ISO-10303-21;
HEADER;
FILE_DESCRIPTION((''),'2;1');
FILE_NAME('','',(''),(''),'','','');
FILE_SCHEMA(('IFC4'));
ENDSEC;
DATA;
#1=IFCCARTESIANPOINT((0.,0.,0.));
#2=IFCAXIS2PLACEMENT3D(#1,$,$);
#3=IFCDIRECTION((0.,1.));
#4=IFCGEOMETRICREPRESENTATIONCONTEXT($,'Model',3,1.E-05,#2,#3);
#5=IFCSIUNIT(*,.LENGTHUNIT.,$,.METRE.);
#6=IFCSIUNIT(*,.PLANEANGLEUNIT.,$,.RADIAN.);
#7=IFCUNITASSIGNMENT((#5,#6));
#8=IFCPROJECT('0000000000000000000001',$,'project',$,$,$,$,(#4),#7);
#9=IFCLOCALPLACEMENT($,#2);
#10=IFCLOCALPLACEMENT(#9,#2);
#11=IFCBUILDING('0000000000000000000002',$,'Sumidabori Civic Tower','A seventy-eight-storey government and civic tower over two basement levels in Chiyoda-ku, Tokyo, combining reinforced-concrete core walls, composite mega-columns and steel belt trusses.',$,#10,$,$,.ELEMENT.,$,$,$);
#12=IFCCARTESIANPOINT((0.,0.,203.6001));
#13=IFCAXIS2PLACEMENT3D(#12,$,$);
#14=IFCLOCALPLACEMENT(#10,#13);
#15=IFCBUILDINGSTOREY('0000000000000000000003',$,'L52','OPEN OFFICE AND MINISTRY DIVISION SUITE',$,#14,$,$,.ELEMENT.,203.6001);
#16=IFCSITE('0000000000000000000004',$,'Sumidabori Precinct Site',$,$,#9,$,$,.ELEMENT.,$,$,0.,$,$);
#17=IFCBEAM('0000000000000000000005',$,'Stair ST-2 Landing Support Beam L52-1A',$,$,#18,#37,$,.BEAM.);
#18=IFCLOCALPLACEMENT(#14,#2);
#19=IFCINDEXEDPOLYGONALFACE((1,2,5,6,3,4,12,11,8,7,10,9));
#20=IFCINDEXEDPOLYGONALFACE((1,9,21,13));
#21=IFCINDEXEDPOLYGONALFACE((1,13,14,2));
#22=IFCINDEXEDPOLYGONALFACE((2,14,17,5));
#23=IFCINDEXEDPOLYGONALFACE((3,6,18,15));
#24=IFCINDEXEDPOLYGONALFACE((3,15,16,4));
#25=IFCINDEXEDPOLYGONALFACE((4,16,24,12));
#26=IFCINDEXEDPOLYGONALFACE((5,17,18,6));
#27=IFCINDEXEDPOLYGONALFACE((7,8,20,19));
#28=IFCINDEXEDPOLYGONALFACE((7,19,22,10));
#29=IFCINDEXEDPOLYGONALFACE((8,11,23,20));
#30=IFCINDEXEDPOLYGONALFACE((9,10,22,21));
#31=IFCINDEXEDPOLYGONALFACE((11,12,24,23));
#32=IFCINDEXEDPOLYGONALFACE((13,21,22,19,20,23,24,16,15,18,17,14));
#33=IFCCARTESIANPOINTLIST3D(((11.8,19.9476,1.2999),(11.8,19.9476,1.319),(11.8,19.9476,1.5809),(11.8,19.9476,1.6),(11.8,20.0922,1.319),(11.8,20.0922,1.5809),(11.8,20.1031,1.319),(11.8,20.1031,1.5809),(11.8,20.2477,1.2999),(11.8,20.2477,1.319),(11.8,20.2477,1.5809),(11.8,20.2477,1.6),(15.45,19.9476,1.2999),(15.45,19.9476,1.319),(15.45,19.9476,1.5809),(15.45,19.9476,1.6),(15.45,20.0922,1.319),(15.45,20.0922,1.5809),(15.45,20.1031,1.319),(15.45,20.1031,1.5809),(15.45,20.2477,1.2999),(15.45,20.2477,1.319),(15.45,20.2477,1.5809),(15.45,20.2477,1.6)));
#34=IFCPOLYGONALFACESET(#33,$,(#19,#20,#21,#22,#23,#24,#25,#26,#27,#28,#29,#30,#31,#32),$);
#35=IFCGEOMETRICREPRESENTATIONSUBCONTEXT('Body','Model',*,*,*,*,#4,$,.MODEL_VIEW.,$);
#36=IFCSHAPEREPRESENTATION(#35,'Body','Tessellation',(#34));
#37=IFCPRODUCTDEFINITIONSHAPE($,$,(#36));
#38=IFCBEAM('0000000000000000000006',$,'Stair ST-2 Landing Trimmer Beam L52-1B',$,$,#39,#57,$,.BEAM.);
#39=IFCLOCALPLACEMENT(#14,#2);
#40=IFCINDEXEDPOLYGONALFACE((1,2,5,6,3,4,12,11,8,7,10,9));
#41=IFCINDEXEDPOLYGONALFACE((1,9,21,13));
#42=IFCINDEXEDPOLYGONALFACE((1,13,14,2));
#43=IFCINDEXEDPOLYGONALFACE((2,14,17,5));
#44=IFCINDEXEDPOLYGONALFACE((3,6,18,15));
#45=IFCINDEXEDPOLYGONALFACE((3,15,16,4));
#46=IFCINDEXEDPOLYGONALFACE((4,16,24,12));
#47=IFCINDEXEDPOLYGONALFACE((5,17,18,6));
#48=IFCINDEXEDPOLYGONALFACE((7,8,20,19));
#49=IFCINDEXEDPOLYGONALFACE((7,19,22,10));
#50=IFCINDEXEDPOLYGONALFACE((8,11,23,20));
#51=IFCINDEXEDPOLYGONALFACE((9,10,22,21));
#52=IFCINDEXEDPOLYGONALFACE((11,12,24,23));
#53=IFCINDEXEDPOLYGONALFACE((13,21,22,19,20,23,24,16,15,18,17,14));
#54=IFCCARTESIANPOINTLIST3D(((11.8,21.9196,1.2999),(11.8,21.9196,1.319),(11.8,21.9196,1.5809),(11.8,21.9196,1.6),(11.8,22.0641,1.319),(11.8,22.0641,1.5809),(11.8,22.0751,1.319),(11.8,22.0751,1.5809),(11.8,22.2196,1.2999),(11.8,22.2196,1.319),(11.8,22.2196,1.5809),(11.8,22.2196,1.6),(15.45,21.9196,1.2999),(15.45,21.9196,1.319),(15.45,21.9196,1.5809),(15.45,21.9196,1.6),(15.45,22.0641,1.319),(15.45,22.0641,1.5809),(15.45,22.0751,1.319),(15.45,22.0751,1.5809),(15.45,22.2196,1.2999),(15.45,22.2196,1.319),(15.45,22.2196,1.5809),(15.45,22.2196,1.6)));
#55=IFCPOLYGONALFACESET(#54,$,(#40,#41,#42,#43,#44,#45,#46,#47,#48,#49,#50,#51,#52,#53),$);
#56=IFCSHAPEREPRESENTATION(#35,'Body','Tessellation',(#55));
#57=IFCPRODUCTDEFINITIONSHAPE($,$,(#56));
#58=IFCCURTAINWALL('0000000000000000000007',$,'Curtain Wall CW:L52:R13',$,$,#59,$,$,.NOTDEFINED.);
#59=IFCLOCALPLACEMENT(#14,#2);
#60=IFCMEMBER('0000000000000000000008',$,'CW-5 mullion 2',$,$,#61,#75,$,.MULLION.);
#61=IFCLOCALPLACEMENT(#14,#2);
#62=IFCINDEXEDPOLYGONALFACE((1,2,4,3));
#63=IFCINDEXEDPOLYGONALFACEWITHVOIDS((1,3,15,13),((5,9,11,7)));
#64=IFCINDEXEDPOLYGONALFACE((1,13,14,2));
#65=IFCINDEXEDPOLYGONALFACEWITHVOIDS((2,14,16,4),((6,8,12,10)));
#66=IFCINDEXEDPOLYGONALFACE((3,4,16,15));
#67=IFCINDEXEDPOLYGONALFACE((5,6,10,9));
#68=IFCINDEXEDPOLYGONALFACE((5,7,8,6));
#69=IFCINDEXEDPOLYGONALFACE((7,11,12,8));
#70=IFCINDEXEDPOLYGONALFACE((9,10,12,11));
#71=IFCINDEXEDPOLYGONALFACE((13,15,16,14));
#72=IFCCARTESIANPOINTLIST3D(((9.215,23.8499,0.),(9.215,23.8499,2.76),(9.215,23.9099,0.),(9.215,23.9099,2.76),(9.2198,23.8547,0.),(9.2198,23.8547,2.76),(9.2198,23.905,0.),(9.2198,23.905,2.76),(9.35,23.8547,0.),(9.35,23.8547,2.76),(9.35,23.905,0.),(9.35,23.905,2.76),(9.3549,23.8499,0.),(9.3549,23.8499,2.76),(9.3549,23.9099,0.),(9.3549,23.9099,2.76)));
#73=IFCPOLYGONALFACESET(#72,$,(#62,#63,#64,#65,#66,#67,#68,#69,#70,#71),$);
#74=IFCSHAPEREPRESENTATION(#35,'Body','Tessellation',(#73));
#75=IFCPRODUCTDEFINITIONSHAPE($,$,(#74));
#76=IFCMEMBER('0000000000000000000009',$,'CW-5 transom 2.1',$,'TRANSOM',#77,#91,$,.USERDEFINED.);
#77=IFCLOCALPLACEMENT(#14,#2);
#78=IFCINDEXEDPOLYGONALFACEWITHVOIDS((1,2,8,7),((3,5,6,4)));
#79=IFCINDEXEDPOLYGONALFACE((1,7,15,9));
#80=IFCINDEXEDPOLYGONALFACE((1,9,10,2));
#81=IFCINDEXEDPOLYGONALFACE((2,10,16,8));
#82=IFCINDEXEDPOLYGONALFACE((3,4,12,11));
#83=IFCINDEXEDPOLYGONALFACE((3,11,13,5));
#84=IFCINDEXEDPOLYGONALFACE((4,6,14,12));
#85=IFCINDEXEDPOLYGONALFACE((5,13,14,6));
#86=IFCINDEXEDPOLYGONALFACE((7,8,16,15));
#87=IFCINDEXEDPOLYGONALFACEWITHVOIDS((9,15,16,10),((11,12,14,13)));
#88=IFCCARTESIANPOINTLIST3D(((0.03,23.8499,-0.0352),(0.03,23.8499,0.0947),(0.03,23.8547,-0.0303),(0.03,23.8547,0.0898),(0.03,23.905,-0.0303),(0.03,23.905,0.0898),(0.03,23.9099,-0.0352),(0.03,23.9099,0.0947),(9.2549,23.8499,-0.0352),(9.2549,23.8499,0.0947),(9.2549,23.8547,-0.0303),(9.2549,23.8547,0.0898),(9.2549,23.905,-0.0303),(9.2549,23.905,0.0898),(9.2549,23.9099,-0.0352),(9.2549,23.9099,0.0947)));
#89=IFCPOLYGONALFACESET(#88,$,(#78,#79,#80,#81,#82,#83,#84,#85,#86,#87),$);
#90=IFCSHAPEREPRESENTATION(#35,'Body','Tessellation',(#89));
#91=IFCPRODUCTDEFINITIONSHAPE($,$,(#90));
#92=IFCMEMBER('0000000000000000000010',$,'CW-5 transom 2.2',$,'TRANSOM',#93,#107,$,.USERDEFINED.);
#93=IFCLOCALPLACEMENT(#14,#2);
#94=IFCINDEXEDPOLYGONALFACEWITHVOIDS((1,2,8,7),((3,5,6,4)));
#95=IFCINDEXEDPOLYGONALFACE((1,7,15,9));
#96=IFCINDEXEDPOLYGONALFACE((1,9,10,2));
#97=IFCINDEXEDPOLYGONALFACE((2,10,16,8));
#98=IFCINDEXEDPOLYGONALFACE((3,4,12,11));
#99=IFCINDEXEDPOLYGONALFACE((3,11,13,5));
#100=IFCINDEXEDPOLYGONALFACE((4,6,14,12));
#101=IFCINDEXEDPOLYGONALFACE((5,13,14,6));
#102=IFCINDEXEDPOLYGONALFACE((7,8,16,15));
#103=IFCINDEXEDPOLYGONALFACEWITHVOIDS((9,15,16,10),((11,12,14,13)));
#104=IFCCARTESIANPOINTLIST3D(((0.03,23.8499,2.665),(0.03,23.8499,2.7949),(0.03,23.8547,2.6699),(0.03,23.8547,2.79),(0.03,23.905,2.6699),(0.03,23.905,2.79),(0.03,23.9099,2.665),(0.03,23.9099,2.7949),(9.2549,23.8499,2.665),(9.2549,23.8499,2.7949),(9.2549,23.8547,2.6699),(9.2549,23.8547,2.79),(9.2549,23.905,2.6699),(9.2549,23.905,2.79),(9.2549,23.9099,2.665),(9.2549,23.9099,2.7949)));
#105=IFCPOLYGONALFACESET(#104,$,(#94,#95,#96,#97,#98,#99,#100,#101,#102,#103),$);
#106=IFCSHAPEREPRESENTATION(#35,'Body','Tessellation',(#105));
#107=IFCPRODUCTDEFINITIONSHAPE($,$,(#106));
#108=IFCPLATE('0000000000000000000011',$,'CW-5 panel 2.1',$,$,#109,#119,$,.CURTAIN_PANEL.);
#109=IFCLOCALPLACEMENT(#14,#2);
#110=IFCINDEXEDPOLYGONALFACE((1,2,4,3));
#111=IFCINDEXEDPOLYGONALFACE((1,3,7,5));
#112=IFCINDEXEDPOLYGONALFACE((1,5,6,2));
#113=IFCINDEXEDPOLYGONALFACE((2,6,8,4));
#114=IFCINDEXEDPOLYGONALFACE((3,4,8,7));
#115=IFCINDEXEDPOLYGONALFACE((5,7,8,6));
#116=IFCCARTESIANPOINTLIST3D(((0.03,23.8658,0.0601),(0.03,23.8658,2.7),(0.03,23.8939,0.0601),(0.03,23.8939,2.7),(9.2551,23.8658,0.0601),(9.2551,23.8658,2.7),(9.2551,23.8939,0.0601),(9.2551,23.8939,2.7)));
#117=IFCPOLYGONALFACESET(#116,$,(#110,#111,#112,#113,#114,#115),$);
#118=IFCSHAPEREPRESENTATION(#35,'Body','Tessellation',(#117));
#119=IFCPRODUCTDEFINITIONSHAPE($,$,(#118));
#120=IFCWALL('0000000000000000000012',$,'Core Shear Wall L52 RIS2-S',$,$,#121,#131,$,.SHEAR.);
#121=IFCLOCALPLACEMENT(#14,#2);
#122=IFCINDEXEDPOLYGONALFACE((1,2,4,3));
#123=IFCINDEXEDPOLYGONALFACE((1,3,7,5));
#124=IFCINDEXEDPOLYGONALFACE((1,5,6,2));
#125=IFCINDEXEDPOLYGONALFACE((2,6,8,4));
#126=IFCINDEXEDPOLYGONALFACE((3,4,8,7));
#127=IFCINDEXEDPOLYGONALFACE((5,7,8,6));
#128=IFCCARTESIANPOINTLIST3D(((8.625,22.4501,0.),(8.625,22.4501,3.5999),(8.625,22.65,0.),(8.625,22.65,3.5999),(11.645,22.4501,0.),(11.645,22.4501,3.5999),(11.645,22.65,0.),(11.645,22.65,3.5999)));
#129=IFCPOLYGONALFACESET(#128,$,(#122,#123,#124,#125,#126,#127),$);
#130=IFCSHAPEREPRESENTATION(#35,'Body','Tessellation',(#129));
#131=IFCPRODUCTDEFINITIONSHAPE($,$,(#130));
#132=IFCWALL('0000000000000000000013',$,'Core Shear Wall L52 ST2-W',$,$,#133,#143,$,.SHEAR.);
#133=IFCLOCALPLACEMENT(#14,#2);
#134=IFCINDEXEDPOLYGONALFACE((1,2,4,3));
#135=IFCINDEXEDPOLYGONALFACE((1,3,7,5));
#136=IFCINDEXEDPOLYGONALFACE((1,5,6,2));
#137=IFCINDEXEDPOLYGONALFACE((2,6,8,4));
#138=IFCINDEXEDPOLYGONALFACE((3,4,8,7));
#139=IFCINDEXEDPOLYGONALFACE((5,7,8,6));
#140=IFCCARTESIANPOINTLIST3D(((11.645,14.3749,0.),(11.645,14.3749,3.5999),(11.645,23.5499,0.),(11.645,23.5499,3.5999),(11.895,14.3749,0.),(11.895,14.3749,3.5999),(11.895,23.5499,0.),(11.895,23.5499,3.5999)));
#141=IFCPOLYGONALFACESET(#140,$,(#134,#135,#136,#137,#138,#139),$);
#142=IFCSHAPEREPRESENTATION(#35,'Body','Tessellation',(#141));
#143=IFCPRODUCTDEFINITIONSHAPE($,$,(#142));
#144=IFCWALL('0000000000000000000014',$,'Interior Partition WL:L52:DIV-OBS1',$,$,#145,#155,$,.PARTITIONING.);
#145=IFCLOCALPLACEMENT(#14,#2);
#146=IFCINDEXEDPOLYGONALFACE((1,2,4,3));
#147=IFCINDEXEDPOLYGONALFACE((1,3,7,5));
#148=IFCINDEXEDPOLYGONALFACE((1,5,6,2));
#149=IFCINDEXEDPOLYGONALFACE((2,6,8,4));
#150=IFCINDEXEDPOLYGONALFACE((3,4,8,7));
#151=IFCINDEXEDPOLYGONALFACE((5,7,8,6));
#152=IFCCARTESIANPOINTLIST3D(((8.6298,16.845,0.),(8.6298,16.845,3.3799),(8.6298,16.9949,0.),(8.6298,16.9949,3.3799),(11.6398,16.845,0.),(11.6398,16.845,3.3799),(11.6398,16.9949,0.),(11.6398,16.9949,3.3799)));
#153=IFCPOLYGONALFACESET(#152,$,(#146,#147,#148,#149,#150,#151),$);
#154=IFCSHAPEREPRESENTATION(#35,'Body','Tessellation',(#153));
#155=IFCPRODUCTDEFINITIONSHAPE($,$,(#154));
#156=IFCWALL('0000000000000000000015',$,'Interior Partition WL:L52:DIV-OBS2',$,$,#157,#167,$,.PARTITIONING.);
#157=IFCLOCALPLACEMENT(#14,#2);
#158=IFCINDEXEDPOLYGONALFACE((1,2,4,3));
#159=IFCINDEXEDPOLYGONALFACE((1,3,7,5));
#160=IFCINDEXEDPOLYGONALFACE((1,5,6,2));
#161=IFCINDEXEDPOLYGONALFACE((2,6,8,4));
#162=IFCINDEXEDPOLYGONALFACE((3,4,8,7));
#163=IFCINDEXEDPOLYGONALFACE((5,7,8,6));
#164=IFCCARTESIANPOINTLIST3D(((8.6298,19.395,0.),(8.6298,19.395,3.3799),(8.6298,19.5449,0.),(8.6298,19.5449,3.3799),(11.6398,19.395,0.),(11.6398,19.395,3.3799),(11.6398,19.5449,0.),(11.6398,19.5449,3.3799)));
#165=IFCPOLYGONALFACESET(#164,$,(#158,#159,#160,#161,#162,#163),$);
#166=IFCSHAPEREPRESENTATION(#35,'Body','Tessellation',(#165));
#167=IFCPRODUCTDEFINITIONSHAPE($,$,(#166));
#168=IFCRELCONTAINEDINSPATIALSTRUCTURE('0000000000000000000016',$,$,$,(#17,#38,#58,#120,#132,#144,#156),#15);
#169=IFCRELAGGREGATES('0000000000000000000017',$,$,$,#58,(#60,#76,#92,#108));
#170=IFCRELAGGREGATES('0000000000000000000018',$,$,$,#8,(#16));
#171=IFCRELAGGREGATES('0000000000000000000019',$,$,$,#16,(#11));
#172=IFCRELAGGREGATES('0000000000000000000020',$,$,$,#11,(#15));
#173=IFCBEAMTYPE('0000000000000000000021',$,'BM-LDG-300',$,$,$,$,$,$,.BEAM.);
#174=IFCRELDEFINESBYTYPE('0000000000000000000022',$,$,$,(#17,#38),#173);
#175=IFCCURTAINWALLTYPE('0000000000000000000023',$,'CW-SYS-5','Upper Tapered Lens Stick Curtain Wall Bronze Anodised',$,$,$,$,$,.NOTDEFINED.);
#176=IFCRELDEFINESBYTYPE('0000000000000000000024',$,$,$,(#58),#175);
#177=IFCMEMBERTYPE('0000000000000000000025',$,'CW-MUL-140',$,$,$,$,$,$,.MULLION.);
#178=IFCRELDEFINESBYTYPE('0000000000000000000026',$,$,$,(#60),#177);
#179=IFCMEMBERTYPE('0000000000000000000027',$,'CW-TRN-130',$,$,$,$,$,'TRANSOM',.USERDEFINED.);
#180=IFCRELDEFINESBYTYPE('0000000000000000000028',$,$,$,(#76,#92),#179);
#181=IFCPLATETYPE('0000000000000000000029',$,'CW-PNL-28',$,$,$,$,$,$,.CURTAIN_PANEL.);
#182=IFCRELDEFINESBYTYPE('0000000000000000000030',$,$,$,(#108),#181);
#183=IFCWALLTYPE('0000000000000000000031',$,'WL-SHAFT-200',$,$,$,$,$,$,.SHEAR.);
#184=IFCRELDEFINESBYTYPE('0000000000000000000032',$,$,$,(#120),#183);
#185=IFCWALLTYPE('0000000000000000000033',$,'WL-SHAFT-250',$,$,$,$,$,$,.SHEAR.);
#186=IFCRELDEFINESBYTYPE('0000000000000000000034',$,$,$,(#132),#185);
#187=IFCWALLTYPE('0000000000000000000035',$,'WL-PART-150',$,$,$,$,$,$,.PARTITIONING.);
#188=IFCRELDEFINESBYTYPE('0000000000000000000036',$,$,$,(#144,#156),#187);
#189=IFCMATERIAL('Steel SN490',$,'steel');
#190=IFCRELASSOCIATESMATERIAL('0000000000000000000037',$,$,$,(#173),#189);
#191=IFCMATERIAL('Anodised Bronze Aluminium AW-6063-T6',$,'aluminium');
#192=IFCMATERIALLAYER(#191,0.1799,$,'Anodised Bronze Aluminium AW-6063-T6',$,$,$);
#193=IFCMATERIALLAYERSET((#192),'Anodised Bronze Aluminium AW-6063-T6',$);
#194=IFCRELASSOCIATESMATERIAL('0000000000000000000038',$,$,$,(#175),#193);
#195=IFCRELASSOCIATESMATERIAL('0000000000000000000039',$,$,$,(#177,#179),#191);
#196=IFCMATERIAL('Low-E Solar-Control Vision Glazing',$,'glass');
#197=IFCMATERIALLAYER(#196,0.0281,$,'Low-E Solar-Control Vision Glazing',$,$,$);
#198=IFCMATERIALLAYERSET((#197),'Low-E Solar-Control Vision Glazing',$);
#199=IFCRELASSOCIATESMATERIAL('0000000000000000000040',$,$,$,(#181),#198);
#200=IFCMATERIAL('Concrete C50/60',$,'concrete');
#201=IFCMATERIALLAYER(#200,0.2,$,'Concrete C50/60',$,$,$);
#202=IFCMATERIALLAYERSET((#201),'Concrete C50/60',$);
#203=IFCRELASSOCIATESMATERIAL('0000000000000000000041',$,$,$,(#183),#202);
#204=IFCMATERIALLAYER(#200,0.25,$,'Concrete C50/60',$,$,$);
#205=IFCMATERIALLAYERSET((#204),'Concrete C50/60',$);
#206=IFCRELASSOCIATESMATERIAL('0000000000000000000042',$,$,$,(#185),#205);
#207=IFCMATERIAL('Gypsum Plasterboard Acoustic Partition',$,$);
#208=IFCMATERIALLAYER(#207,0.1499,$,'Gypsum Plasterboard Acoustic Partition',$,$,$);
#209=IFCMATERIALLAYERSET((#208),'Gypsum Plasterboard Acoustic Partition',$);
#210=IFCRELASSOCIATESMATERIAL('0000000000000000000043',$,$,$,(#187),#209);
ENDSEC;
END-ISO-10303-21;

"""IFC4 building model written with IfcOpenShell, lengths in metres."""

from ifc_helpers import new_model, si_unit, direction, frame, frame_2d, origin, origin_2d, place, context, subcontext, project, spatial, rectangle, hollow_rectangle, i_section, extrude, source, transform, mapped, material, layer, layer_set, material_profile, profile_set, type_object, element, aggregate, save


model = new_model("IFC4")

# Units and contexts
model_context = context("Model", 3, precision=1e-05, world=origin(), true_north=direction((0.0, 1.0)))
body_context = subcontext(model_context, "Body", "Model", "MODEL_VIEW")
ifc_project = project(units=[si_unit("LENGTHUNIT", "METRE"), si_unit("PLANEANGLEUNIT", "RADIAN")], contexts=[model_context])

# Site, building, storey
site_placement = place(None, origin())
site = spatial("IfcSite", under=ifc_project, at=site_placement, Name="Sumidabori Precinct Site", CompositionType="ELEMENT", RefElevation=0.0)
building_placement = place(site_placement, origin())
building = spatial("IfcBuilding", under=site, at=building_placement, Name="Sumidabori Civic Tower", Description="A seventy-eight-storey government and civic tower over two basement levels in Chiyoda-ku, Tokyo, combining reinforced-concrete core walls, composite mega-columns and steel belt trusses.", CompositionType="ELEMENT")
storey_placement = place(building_placement, frame((0.0, 0.0, 203.6001)))
storey = spatial("IfcBuildingStorey", under=building, at=storey_placement, Name="L52", Description="OPEN OFFICE AND MINISTRY DIVISION SUITE", CompositionType="ELEMENT", Elevation=203.6001)

# Beams
ifc_material_1 = material(Name="Steel SN490", Category="steel")
ifc_material_profile_1 = material_profile(ifc_material_1, i_section(OverallWidth=0.3, OverallDepth=0.3, WebThickness=0.011, FlangeThickness=0.019, at=origin_2d()), Name="HE 300 B")
ifc_profile_set_1 = profile_set([ifc_material_profile_1], Name="Steel SN490")
beam_type = type_object("IfcBeamType", Name="BM-LDG-300", PredefinedType="BEAM", material=ifc_profile_set_1)
shared_shape_1 = source(origin(), body_context, "Body", "SweptSolid", [
    extrude(i_section(OverallWidth=0.3, OverallDepth=0.3, WebThickness=0.011, FlangeThickness=0.019, at=origin_2d()), origin(), (0.0, 0.0, 1.0), 3.6499),
])
for number, where, z_axis, x_axis, name in (
    (1, (11.8, 20.0977, 1.45), (1.0, 0.0, 0.0), (0.0, 1.0, 0.0), "Stair ST-2 Landing Support Beam L52-1A"),
    (2, (11.8, 22.0696, 1.45), (1.0, 0.0, 0.0), (0.0, 1.0, 0.0), "Stair ST-2 Landing Trimmer Beam L52-1B"),
):
    element("IfcBeam", number, at=place(storey_placement, frame(where, z_axis=z_axis, x_axis=x_axis)), inside=storey, type_object=beam_type, Name=name, PredefinedType="BEAM", context=body_context, shape_type="MappedRepresentation", body=[
        mapped(shared_shape_1, transform((0.0, 0.0, 0.0), x_axis=(1.0, 0.0, 0.0), y_axis=(0.0, 1.0, 0.0), z_axis=(0.0, 0.0, 1.0), scale=1.0)),
    ])

# Curtain wall, members, plate
ifc_material_2 = material(Name="Anodised Bronze Aluminium AW-6063-T6", Category="aluminium")
ifc_layer_1 = layer(ifc_material_2, 0.1799, Name="Anodised Bronze Aluminium AW-6063-T6")
ifc_layer_set_1 = layer_set([ifc_layer_1], Name="Anodised Bronze Aluminium AW-6063-T6")
curtain_wall_type = type_object("IfcCurtainWallType", Name="CW-SYS-5", Description="Upper Tapered Lens Stick Curtain Wall Bronze Anodised", PredefinedType="NOTDEFINED", material=ifc_layer_set_1)
curtain_wall_placement = place(storey_placement, origin())
curtain_wall = element("IfcCurtainWall", 3, at=curtain_wall_placement, inside=storey, type_object=curtain_wall_type, Name="Curtain Wall CW:L52:R13", PredefinedType="NOTDEFINED")
ifc_material_profile_2 = material_profile(ifc_material_2, hollow_rectangle(XDim=0.0601, YDim=0.1399, WallThickness=0.0049, at=origin_2d()), Name="ALU MULLION 140x60")
ifc_profile_set_2 = profile_set([ifc_material_profile_2], Name="Anodised Bronze Aluminium AW-6063-T6")
member_type_1 = type_object("IfcMemberType", Name="CW-MUL-140", PredefinedType="MULLION", material=ifc_profile_set_2)
shared_shape_2 = source(origin(), body_context, "Body", "SweptSolid", [
    extrude(hollow_rectangle(XDim=0.0601, YDim=0.1399, WallThickness=0.0049, at=origin_2d()), origin(), (0.0, 0.0, 1.0), 2.76),
])
member_1_placement = place(storey_placement, frame((9.2849, 23.8799, 0.0), z_axis=(0.0, 0.0, 1.0), x_axis=(0.0, -1.0, 0.0)))
member_1 = element("IfcMember", 4, at=member_1_placement, type_object=member_type_1, Name="CW-5 mullion 2", PredefinedType="MULLION", context=body_context, shape_type="MappedRepresentation", body=[
    mapped(shared_shape_2, transform((0.0, 0.0, 0.0), x_axis=(1.0, 0.0, 0.0), y_axis=(0.0, 1.0, 0.0), z_axis=(0.0, 0.0, 1.0), scale=1.0)),
])
ifc_material_profile_3 = material_profile(ifc_material_2, hollow_rectangle(XDim=0.0601, YDim=0.1299, WallThickness=0.0049, at=origin_2d()), Name="ALU TRANSOM 130x60")
ifc_profile_set_3 = profile_set([ifc_material_profile_3], Name="Anodised Bronze Aluminium AW-6063-T6")
member_type_2 = type_object("IfcMemberType", Name="CW-TRN-130", ElementType="TRANSOM", PredefinedType="USERDEFINED", material=ifc_profile_set_3)
shared_shape_3 = source(origin(), body_context, "Body", "SweptSolid", [
    extrude(hollow_rectangle(XDim=0.0601, YDim=0.1299, WallThickness=0.0049, at=origin_2d()), origin(), (0.0, 0.0, 1.0), 9.2249),
])
member_2_placement = place(storey_placement, frame((9.2549, 23.8799, 0.0298), z_axis=(-1.0, 0.0, 0.0), x_axis=(0.0, -1.0, 0.0)))
member_2 = element("IfcMember", 5, at=member_2_placement, type_object=member_type_2, Name="CW-5 transom 2.1", ObjectType="TRANSOM", PredefinedType="USERDEFINED", context=body_context, shape_type="MappedRepresentation", body=[
    mapped(shared_shape_3, transform((0.0, 0.0, 0.0), x_axis=(1.0, 0.0, 0.0), y_axis=(0.0, 1.0, 0.0), z_axis=(0.0, 0.0, 1.0), scale=1.0)),
])
member_3_placement = place(storey_placement, frame((9.2549, 23.8799, 2.73), z_axis=(-1.0, 0.0, 0.0), x_axis=(0.0, -1.0, 0.0)))
member_3 = element("IfcMember", 6, at=member_3_placement, type_object=member_type_2, Name="CW-5 transom 2.2", ObjectType="TRANSOM", PredefinedType="USERDEFINED", context=body_context, shape_type="MappedRepresentation", body=[
    mapped(shared_shape_3, transform((0.0, 0.0, 0.0), x_axis=(1.0, 0.0, 0.0), y_axis=(0.0, 1.0, 0.0), z_axis=(0.0, 0.0, 1.0), scale=1.0)),
])
ifc_material_3 = material(Name="Low-E Solar-Control Vision Glazing", Category="glass")
ifc_layer_2 = layer(ifc_material_3, 0.0281, Name="Low-E Solar-Control Vision Glazing")
ifc_layer_set_2 = layer_set([ifc_layer_2], Name="Low-E Solar-Control Vision Glazing")
plate_type = type_object("IfcPlateType", Name="CW-PNL-28", PredefinedType="CURTAIN_PANEL", material=ifc_layer_set_2)
shared_shape_4 = source(origin(), body_context, "Body", "SweptSolid", [
    extrude(rectangle(XDim=9.2251, YDim=0.0281, at=origin_2d()), origin(), (0.0, 0.0, 1.0), 2.6399),
])
plate_placement = place(storey_placement, frame((4.6426, 23.8799, 0.0601), z_axis=(0.0, 0.0, 1.0), x_axis=(-1.0, 0.0, 0.0)))
plate = element("IfcPlate", 7, at=plate_placement, type_object=plate_type, Name="CW-5 panel 2.1", PredefinedType="CURTAIN_PANEL", context=body_context, shape_type="MappedRepresentation", body=[
    mapped(shared_shape_4, transform((0.0, 0.0, 0.0), x_axis=(1.0, 0.0, 0.0), y_axis=(0.0, 1.0, 0.0), z_axis=(0.0, 0.0, 1.0), scale=1.0)),
])
aggregate(curtain_wall, [member_1, member_2, member_3, plate])

# Wall
ifc_material_4 = material(Name="Concrete C50/60", Category="concrete")
ifc_layer_3 = layer(ifc_material_4, 0.2, Name="Concrete C50/60")
ifc_layer_set_3 = layer_set([ifc_layer_3], Name="Concrete C50/60")
wall_type_1 = type_object("IfcWallType", Name="WL-SHAFT-200", PredefinedType="SHEAR", material=ifc_layer_set_3)
shared_shape_5 = source(origin(), body_context, "Body", "SweptSolid", [
    extrude(rectangle(XDim=3.02, YDim=0.2, at=frame_2d((1.51, 0.0))), origin(), (0.0, 0.0, 1.0), 3.5999),
])
wall_1_placement = place(storey_placement, frame((8.625, 22.55, 0.0), z_axis=(0.0, 0.0, 1.0), x_axis=(1.0, 0.0, 0.0)))
element("IfcWall", 8, at=wall_1_placement, inside=storey, type_object=wall_type_1, Name="Core Shear Wall L52 RIS2-S", PredefinedType="SHEAR", context=body_context, shape_type="MappedRepresentation", body=[
    mapped(shared_shape_5, transform((0.0, 0.0, 0.0), x_axis=(1.0, 0.0, 0.0), y_axis=(0.0, 1.0, 0.0), z_axis=(0.0, 0.0, 1.0), scale=1.0)),
])

# Shared definitions
ifc_layer_4 = layer(ifc_material_4, 0.25, Name="Concrete C50/60")
ifc_layer_set_4 = layer_set([ifc_layer_4], Name="Concrete C50/60")
wall_type_2 = type_object("IfcWallType", Name="WL-SHAFT-250", PredefinedType="SHEAR", material=ifc_layer_set_4)

# Walls
shared_shape_6 = source(origin(), body_context, "Body", "SweptSolid", [
    extrude(rectangle(XDim=9.175, YDim=0.25, at=frame_2d((4.5874, 0.0))), origin(), (0.0, 0.0, 1.0), 3.5999),
])
wall_2_placement = place(storey_placement, frame((11.77, 14.375, 0.0), z_axis=(0.0, 0.0, 1.0), x_axis=(0.0, 1.0, 0.0)))
element("IfcWall", 9, at=wall_2_placement, inside=storey, type_object=wall_type_2, Name="Core Shear Wall L52 ST2-W", PredefinedType="SHEAR", context=body_context, shape_type="MappedRepresentation", body=[
    mapped(shared_shape_6, transform((0.0, 0.0, 0.0), x_axis=(1.0, 0.0, 0.0), y_axis=(0.0, 1.0, 0.0), z_axis=(0.0, 0.0, 1.0), scale=1.0)),
])
ifc_material_5 = material(Name="Gypsum Plasterboard Acoustic Partition")
ifc_layer_5 = layer(ifc_material_5, 0.1499, Name="Gypsum Plasterboard Acoustic Partition")
ifc_layer_set_5 = layer_set([ifc_layer_5], Name="Gypsum Plasterboard Acoustic Partition")
wall_type_3 = type_object("IfcWallType", Name="WL-PART-150", PredefinedType="PARTITIONING", material=ifc_layer_set_5)
shared_shape_7 = source(origin(), body_context, "Body", "SweptSolid", [
    extrude(rectangle(XDim=3.01, YDim=0.1499, at=frame_2d((1.5049, 0.0))), origin(), (0.0, 0.0, 1.0), 3.3799),
])
for number, where, z_axis, x_axis, name in (
    (10, (8.6299, 16.9199, 0.0), (0.0, 0.0, 1.0), (1.0, 0.0, 0.0), "Interior Partition WL:L52:DIV-OBS1"),
    (11, (8.6299, 19.47, 0.0), (0.0, 0.0, 1.0), (1.0, 0.0, 0.0), "Interior Partition WL:L52:DIV-OBS2"),
):
    element("IfcWall", number, at=place(storey_placement, frame(where, z_axis=z_axis, x_axis=x_axis)), inside=storey, type_object=wall_type_3, Name=name, PredefinedType="PARTITIONING", context=body_context, shape_type="MappedRepresentation", body=[
        mapped(shared_shape_7, transform((0.0, 0.0, 0.0), x_axis=(1.0, 0.0, 0.0), y_axis=(0.0, 1.0, 0.0), z_axis=(0.0, 0.0, 1.0), scale=1.0)),
    ])

save(model, "model.ifc")
